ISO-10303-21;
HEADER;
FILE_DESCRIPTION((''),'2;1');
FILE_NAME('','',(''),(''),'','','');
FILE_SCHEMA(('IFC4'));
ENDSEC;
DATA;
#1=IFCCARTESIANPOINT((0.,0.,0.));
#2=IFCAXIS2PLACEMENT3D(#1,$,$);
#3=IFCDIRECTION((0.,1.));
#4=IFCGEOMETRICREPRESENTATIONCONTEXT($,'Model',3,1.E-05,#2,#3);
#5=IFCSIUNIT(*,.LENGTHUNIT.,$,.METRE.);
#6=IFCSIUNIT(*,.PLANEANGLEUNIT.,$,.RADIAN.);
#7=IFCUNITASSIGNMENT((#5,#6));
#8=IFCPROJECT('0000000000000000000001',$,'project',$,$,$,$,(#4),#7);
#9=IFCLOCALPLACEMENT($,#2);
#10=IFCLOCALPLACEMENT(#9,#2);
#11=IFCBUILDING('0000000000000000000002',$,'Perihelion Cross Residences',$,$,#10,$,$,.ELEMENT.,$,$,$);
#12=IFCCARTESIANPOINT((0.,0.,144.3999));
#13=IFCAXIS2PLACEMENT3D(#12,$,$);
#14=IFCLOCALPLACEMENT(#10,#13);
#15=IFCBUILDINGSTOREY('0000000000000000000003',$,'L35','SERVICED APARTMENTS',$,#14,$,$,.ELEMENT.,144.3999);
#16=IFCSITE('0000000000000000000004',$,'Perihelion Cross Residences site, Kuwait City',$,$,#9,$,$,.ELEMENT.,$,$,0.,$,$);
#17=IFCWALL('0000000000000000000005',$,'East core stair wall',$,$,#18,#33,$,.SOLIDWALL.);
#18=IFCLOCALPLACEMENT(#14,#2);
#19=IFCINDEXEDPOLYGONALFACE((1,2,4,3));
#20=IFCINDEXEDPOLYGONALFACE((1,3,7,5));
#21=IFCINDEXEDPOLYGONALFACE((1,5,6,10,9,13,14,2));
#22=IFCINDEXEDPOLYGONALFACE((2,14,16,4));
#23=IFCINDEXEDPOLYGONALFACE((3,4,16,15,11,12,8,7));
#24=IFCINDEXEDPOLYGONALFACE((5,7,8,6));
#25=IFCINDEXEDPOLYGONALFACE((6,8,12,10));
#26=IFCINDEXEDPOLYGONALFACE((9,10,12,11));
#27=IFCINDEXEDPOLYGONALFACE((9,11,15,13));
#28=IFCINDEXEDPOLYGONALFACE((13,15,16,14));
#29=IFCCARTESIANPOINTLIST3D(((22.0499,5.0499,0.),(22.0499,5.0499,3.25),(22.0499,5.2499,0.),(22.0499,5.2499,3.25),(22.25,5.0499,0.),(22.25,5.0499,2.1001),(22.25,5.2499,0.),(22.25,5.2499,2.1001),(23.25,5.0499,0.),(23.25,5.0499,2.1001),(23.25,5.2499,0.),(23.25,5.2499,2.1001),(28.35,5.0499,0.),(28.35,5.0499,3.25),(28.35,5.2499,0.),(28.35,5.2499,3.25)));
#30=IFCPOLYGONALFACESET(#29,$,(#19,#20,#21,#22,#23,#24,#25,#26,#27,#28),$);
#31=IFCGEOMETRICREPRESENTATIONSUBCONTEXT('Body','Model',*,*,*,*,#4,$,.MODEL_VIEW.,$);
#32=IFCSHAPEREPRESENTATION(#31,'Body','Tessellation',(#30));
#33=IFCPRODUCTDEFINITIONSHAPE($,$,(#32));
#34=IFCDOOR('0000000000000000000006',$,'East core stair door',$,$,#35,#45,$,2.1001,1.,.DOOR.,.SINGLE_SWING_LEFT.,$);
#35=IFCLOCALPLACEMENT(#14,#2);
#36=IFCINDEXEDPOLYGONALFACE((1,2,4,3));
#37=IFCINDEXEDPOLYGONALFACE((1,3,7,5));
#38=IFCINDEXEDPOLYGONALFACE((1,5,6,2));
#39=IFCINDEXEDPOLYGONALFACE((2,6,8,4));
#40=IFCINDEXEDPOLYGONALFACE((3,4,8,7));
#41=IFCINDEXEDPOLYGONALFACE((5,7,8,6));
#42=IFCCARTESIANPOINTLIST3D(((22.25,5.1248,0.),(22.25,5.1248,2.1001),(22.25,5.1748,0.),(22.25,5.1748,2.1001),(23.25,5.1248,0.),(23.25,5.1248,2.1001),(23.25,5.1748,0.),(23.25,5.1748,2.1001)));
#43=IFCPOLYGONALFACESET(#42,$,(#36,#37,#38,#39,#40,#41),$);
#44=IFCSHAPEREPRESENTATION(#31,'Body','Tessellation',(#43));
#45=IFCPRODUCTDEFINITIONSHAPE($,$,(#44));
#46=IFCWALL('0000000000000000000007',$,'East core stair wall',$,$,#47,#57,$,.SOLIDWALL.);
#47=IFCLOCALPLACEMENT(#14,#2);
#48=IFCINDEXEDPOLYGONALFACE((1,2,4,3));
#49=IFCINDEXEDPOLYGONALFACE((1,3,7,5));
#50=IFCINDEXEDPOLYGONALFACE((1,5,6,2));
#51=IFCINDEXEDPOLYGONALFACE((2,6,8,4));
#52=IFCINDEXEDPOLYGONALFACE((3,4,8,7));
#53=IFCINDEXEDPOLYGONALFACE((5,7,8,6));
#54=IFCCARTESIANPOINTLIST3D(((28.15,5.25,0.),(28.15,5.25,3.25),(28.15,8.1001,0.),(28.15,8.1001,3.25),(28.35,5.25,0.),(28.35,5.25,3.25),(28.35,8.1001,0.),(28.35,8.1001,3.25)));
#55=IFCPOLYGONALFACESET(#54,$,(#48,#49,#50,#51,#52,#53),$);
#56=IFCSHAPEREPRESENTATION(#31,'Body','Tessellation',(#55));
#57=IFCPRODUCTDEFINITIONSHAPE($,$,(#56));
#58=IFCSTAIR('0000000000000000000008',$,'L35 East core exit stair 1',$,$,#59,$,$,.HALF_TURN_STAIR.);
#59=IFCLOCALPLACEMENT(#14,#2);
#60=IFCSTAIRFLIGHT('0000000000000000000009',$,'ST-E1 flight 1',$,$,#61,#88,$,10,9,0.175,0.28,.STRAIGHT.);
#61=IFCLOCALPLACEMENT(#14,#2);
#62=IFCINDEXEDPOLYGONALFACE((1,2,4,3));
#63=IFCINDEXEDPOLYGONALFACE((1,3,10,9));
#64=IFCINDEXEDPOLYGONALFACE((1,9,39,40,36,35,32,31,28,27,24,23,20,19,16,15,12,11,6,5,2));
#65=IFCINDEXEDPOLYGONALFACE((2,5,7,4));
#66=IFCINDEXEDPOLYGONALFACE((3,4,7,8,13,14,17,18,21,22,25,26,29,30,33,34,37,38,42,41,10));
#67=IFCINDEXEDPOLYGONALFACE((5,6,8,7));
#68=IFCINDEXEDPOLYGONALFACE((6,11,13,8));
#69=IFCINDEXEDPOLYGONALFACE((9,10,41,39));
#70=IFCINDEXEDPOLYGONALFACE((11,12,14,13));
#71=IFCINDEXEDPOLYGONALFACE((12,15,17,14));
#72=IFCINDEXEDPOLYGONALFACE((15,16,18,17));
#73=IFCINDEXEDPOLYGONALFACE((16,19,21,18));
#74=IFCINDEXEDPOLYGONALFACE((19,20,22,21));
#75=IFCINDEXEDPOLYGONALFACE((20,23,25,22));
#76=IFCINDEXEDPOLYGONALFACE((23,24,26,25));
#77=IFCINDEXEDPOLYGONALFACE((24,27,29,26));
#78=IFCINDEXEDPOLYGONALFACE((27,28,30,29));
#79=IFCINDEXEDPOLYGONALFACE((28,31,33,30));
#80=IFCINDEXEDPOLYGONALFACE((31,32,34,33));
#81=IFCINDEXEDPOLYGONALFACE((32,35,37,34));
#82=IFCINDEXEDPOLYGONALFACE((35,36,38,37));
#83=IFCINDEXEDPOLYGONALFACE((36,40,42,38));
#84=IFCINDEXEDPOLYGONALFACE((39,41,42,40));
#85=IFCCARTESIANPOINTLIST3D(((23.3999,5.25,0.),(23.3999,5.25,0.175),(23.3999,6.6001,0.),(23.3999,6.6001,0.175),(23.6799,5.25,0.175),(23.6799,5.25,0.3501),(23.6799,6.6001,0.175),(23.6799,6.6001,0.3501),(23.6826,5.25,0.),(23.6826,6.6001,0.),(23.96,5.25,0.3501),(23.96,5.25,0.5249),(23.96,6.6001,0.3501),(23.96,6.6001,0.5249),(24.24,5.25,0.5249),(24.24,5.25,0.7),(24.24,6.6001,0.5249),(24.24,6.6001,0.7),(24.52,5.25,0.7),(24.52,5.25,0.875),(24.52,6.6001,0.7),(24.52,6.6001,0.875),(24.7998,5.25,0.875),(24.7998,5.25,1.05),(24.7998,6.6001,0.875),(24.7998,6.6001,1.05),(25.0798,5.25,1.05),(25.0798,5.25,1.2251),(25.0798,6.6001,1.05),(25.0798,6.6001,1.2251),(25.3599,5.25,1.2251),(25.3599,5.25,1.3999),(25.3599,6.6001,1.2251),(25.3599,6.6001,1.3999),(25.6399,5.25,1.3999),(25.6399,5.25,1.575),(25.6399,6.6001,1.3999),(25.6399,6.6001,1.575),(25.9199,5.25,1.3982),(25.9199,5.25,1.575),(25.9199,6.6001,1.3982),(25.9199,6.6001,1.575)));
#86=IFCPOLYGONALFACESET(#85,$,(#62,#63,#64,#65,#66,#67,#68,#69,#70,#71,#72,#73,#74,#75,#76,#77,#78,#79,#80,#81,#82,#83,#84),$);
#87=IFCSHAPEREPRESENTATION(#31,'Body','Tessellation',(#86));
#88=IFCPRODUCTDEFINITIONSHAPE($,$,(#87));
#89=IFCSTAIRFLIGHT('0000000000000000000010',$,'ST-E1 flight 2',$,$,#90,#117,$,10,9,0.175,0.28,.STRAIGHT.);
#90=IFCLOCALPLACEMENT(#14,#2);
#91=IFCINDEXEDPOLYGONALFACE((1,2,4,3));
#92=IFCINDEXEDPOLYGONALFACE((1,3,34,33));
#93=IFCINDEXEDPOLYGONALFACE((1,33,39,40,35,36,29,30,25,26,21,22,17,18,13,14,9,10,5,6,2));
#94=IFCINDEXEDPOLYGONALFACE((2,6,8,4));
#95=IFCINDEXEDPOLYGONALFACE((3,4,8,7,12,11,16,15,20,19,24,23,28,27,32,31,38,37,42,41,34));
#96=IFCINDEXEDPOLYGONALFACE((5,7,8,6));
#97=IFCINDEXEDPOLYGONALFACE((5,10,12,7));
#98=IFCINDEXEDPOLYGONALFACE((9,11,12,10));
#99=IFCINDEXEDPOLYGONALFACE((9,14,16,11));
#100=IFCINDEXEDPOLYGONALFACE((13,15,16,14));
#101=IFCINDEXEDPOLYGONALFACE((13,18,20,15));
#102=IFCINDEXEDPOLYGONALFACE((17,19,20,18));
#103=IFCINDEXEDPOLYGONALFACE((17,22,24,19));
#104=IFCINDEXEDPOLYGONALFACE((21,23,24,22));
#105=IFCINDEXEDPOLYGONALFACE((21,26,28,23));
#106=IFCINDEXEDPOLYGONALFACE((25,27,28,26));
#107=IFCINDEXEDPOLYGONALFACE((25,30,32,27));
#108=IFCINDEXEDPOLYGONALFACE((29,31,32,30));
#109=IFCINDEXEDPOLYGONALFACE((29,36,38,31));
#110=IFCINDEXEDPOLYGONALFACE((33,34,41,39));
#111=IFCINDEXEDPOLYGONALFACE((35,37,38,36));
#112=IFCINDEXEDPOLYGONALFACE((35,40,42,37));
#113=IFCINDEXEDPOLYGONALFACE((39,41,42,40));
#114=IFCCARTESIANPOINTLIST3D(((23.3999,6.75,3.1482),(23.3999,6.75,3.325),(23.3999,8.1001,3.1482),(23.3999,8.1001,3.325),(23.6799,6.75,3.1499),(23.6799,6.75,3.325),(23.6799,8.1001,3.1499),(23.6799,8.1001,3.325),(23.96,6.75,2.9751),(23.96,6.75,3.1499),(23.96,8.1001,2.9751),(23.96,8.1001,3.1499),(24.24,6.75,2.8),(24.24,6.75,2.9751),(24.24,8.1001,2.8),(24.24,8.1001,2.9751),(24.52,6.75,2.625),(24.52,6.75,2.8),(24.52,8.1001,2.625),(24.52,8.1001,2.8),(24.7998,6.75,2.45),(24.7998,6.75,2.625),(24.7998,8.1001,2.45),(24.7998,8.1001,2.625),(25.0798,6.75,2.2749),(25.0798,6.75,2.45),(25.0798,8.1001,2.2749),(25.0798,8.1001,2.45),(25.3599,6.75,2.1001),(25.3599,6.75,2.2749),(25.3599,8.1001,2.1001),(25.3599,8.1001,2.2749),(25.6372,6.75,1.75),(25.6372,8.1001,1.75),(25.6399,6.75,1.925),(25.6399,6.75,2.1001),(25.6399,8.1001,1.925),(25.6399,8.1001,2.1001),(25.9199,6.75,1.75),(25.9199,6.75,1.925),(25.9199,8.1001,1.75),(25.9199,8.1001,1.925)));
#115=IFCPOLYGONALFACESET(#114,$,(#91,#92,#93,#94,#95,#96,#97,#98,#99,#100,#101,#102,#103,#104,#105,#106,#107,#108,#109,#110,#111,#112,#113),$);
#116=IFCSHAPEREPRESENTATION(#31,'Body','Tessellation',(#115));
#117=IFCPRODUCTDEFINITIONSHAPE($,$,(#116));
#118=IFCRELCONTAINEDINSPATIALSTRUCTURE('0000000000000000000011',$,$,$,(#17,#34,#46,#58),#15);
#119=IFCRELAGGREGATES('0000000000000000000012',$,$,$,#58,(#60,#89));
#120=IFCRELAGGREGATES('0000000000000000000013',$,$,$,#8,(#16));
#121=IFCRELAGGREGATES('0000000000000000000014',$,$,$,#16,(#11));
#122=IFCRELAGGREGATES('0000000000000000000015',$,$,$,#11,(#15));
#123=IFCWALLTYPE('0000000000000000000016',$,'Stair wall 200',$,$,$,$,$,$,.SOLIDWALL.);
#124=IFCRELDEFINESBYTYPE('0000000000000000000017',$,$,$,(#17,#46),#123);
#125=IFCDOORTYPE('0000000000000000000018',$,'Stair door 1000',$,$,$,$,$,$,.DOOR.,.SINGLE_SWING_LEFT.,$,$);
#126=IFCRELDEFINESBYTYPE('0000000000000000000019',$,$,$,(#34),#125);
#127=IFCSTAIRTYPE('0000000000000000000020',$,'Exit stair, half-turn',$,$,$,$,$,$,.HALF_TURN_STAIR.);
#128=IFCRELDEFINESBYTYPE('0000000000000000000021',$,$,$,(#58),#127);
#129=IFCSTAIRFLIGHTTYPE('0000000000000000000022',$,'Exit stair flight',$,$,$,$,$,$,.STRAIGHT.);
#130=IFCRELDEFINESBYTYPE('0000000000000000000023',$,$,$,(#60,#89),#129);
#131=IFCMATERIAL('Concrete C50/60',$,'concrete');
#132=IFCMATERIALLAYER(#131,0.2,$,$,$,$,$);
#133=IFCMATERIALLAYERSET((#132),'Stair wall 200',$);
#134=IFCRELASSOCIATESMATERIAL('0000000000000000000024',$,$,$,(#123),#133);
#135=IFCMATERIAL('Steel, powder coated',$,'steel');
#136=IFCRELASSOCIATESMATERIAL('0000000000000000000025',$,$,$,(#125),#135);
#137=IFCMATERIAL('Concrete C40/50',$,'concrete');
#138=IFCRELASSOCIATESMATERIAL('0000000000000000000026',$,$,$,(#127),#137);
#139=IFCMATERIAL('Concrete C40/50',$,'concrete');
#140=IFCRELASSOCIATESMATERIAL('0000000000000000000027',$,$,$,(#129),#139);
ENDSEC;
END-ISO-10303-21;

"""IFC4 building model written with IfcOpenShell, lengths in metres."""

from ifc_helpers import new_model, si_unit, direction, frame, frame_2d, origin, place, context, subcontext, project, spatial, polyline, rectangle, outline, extrude, material, layer, layer_set, type_object, element, fill, aggregate, save


model = new_model("IFC4")

# Units and contexts
model_context = context("Model", 3, precision=1e-05, world=origin(), true_north=direction((0.0, 1.0)))
body_context = subcontext(model_context, "Body", "Model", "MODEL_VIEW")
ifc_project = project(units=[si_unit("LENGTHUNIT", "METRE"), si_unit("PLANEANGLEUNIT", "RADIAN")], contexts=[model_context])

# Site, building, storey
site_placement = place(None, origin())
site = spatial("IfcSite", under=ifc_project, at=site_placement, Name="Perihelion Cross Residences site, Kuwait City", CompositionType="ELEMENT", RefElevation=0.0)
building_placement = place(site_placement, origin())
building = spatial("IfcBuilding", under=site, at=building_placement, Name="Perihelion Cross Residences", CompositionType="ELEMENT")
storey_placement = place(building_placement, frame((0.0, 0.0, 144.3999)))
storey = spatial("IfcBuildingStorey", under=building, at=storey_placement, Name="L35", Description="SERVICED APARTMENTS", CompositionType="ELEMENT", Elevation=144.3999)

# Wall, opening, door
ifc_material_1 = material(Name="Concrete C50/60", Category="concrete")
ifc_layer_1 = layer(ifc_material_1, 0.2)
ifc_layer_set_1 = layer_set([ifc_layer_1], Name="Stair wall 200")
wall_type_1 = type_object("IfcWallType", Name="Stair wall 200", PredefinedType="SOLIDWALL", material=ifc_layer_set_1)
wall_1_placement = place(storey_placement, frame((22.05, 5.1499, 0.0), z_axis=(0.0, 0.0, 1.0), x_axis=(1.0, 0.0, 0.0)))
wall_1 = element("IfcWall", 1, at=wall_1_placement, inside=storey, type_object=wall_type_1, Name="East core stair wall", PredefinedType="SOLIDWALL", context=body_context, shape_type="SweptSolid", body=[
    extrude(rectangle(XDim=6.3, YDim=0.2, at=frame_2d((3.1499, 0.0))), origin(), (0.0, 0.0, 1.0), 3.25),
])
opening_1_placement = place(wall_1_placement, frame((0.2, 0.0, 0.0)))
opening_1 = element("IfcOpeningElement", 2, at=opening_1_placement, cuts=wall_1, PredefinedType="OPENING", context=body_context, shape_type="SweptSolid", body=[
    extrude(rectangle(XDim=1.0, YDim=2.1001, at=frame_2d((0.5, 1.05))), frame((0.0, 0.1099, 0.0), z_axis=(0.0, -1.0, 0.0), x_axis=(1.0, 0.0, 0.0)), (0.0, 0.0, 1.0), 0.22),
])
ifc_material_2 = material(Name="Steel, powder coated", Category="steel")
door_type_1 = type_object("IfcDoorType", Name="Stair door 1000", OperationType="SINGLE_SWING_LEFT", PredefinedType="DOOR", material=ifc_material_2)
door_1_placement = place(opening_1_placement, origin())
door_1 = element("IfcDoor", 3, at=door_1_placement, inside=storey, type_object=door_type_1, Name="East core stair door", OperationType="SINGLE_SWING_LEFT", OverallHeight=2.1001, OverallWidth=1.0, PredefinedType="DOOR", context=body_context, shape_type="SweptSolid", body=[
    extrude(rectangle(XDim=1.0, YDim=2.1001, at=frame_2d((0.5, 1.05))), frame((0.0, 0.0249, 0.0), z_axis=(0.0, -1.0, 0.0), x_axis=(1.0, 0.0, 0.0)), (0.0, 0.0, 1.0), 0.05),
])
fill(opening_1, door_1)

# Wall
wall_2_placement = place(storey_placement, frame((28.25, 5.25, 0.0), z_axis=(0.0, 0.0, 1.0), x_axis=(0.0, 1.0, 0.0)))
element("IfcWall", 4, at=wall_2_placement, inside=storey, type_object=wall_type_1, Name="East core stair wall", PredefinedType="SOLIDWALL", context=body_context, shape_type="SweptSolid", body=[
    extrude(rectangle(XDim=2.8501, YDim=0.2, at=frame_2d((1.425, 0.0))), origin(), (0.0, 0.0, 1.0), 3.25),
])

# Stair, stair flights
ifc_material_3 = material(Name="Concrete C40/50", Category="concrete")
stair_type = type_object("IfcStairType", Name="Exit stair, half-turn", PredefinedType="HALF_TURN_STAIR", material=ifc_material_3)
stair_placement = place(storey_placement, origin())
stair = element("IfcStair", 5, at=stair_placement, inside=storey, type_object=stair_type, Name="L35 East core exit stair 1", PredefinedType="HALF_TURN_STAIR")
ifc_material_4 = material(Name="Concrete C40/50", Category="concrete")
stair_flight_type = type_object("IfcStairFlightType", Name="Exit stair flight", PredefinedType="STRAIGHT", material=ifc_material_4)
stair_flight_1_placement = place(storey_placement, frame((23.3999, 5.925, 0.0), z_axis=(0.0, 0.0, 1.0), x_axis=(1.0, 0.0, 0.0)))
stair_flight_1 = element("IfcStairFlight", 6, at=stair_flight_1_placement, type_object=stair_flight_type, Name="ST-E1 flight 1", NumberOfRisers=10, NumberOfTreads=9, PredefinedType="STRAIGHT", RiserHeight=0.175, TreadLength=0.28, context=body_context, shape_type="SweptSolid", body=[
    extrude(outline(polyline([(0.0, 0.0), (0.0, 0.175), (0.28, 0.175), (0.28, 0.3501), (0.5601, 0.3501), (0.5601, 0.5249), (0.8401, 0.5249), (0.8401, 0.7), (1.1201, 0.7), (1.1201, 0.875), (1.3999, 0.875), (1.3999, 1.05), (1.6799, 1.05), (1.6799, 1.2251), (1.96, 1.2251), (1.96, 1.3999), (2.24, 1.3999), (2.24, 1.575), (2.52, 1.575), (2.52, 1.75), (2.52, 1.3982), (0.2827, 0.0), (0.0, 0.0)])), frame((0.0, 0.675, 0.0), z_axis=(0.0, -1.0, 0.0), x_axis=(1.0, 0.0, 0.0)), (0.0, 0.0, 1.0), 1.3501),
])
stair_flight_2_placement = place(storey_placement, frame((25.9199, 7.425, 1.75), z_axis=(0.0, 0.0, 1.0), x_axis=(-1.0, 0.0, 0.0)))
stair_flight_2 = element("IfcStairFlight", 7, at=stair_flight_2_placement, type_object=stair_flight_type, Name="ST-E1 flight 2", NumberOfRisers=10, NumberOfTreads=9, PredefinedType="STRAIGHT", RiserHeight=0.175, TreadLength=0.28, context=body_context, shape_type="SweptSolid", body=[
    extrude(outline(polyline([(0.0, 0.0), (0.0, 0.175), (0.28, 0.175), (0.28, 0.3501), (0.5601, 0.3501), (0.5601, 0.5249), (0.8401, 0.5249), (0.8401, 0.7), (1.1201, 0.7), (1.1201, 0.875), (1.3999, 0.875), (1.3999, 1.05), (1.6799, 1.05), (1.6799, 1.2251), (1.96, 1.2251), (1.96, 1.3999), (2.24, 1.3999), (2.24, 1.575), (2.52, 1.575), (2.52, 1.75), (2.52, 1.3982), (0.2827, 0.0), (0.0, 0.0)])), frame((0.0, 0.675, 0.0), z_axis=(0.0, -1.0, 0.0), x_axis=(1.0, 0.0, 0.0)), (0.0, 0.0, 1.0), 1.3501),
])
aggregate(stair, [stair_flight_1, stair_flight_2])

save(model, "model.ifc")
